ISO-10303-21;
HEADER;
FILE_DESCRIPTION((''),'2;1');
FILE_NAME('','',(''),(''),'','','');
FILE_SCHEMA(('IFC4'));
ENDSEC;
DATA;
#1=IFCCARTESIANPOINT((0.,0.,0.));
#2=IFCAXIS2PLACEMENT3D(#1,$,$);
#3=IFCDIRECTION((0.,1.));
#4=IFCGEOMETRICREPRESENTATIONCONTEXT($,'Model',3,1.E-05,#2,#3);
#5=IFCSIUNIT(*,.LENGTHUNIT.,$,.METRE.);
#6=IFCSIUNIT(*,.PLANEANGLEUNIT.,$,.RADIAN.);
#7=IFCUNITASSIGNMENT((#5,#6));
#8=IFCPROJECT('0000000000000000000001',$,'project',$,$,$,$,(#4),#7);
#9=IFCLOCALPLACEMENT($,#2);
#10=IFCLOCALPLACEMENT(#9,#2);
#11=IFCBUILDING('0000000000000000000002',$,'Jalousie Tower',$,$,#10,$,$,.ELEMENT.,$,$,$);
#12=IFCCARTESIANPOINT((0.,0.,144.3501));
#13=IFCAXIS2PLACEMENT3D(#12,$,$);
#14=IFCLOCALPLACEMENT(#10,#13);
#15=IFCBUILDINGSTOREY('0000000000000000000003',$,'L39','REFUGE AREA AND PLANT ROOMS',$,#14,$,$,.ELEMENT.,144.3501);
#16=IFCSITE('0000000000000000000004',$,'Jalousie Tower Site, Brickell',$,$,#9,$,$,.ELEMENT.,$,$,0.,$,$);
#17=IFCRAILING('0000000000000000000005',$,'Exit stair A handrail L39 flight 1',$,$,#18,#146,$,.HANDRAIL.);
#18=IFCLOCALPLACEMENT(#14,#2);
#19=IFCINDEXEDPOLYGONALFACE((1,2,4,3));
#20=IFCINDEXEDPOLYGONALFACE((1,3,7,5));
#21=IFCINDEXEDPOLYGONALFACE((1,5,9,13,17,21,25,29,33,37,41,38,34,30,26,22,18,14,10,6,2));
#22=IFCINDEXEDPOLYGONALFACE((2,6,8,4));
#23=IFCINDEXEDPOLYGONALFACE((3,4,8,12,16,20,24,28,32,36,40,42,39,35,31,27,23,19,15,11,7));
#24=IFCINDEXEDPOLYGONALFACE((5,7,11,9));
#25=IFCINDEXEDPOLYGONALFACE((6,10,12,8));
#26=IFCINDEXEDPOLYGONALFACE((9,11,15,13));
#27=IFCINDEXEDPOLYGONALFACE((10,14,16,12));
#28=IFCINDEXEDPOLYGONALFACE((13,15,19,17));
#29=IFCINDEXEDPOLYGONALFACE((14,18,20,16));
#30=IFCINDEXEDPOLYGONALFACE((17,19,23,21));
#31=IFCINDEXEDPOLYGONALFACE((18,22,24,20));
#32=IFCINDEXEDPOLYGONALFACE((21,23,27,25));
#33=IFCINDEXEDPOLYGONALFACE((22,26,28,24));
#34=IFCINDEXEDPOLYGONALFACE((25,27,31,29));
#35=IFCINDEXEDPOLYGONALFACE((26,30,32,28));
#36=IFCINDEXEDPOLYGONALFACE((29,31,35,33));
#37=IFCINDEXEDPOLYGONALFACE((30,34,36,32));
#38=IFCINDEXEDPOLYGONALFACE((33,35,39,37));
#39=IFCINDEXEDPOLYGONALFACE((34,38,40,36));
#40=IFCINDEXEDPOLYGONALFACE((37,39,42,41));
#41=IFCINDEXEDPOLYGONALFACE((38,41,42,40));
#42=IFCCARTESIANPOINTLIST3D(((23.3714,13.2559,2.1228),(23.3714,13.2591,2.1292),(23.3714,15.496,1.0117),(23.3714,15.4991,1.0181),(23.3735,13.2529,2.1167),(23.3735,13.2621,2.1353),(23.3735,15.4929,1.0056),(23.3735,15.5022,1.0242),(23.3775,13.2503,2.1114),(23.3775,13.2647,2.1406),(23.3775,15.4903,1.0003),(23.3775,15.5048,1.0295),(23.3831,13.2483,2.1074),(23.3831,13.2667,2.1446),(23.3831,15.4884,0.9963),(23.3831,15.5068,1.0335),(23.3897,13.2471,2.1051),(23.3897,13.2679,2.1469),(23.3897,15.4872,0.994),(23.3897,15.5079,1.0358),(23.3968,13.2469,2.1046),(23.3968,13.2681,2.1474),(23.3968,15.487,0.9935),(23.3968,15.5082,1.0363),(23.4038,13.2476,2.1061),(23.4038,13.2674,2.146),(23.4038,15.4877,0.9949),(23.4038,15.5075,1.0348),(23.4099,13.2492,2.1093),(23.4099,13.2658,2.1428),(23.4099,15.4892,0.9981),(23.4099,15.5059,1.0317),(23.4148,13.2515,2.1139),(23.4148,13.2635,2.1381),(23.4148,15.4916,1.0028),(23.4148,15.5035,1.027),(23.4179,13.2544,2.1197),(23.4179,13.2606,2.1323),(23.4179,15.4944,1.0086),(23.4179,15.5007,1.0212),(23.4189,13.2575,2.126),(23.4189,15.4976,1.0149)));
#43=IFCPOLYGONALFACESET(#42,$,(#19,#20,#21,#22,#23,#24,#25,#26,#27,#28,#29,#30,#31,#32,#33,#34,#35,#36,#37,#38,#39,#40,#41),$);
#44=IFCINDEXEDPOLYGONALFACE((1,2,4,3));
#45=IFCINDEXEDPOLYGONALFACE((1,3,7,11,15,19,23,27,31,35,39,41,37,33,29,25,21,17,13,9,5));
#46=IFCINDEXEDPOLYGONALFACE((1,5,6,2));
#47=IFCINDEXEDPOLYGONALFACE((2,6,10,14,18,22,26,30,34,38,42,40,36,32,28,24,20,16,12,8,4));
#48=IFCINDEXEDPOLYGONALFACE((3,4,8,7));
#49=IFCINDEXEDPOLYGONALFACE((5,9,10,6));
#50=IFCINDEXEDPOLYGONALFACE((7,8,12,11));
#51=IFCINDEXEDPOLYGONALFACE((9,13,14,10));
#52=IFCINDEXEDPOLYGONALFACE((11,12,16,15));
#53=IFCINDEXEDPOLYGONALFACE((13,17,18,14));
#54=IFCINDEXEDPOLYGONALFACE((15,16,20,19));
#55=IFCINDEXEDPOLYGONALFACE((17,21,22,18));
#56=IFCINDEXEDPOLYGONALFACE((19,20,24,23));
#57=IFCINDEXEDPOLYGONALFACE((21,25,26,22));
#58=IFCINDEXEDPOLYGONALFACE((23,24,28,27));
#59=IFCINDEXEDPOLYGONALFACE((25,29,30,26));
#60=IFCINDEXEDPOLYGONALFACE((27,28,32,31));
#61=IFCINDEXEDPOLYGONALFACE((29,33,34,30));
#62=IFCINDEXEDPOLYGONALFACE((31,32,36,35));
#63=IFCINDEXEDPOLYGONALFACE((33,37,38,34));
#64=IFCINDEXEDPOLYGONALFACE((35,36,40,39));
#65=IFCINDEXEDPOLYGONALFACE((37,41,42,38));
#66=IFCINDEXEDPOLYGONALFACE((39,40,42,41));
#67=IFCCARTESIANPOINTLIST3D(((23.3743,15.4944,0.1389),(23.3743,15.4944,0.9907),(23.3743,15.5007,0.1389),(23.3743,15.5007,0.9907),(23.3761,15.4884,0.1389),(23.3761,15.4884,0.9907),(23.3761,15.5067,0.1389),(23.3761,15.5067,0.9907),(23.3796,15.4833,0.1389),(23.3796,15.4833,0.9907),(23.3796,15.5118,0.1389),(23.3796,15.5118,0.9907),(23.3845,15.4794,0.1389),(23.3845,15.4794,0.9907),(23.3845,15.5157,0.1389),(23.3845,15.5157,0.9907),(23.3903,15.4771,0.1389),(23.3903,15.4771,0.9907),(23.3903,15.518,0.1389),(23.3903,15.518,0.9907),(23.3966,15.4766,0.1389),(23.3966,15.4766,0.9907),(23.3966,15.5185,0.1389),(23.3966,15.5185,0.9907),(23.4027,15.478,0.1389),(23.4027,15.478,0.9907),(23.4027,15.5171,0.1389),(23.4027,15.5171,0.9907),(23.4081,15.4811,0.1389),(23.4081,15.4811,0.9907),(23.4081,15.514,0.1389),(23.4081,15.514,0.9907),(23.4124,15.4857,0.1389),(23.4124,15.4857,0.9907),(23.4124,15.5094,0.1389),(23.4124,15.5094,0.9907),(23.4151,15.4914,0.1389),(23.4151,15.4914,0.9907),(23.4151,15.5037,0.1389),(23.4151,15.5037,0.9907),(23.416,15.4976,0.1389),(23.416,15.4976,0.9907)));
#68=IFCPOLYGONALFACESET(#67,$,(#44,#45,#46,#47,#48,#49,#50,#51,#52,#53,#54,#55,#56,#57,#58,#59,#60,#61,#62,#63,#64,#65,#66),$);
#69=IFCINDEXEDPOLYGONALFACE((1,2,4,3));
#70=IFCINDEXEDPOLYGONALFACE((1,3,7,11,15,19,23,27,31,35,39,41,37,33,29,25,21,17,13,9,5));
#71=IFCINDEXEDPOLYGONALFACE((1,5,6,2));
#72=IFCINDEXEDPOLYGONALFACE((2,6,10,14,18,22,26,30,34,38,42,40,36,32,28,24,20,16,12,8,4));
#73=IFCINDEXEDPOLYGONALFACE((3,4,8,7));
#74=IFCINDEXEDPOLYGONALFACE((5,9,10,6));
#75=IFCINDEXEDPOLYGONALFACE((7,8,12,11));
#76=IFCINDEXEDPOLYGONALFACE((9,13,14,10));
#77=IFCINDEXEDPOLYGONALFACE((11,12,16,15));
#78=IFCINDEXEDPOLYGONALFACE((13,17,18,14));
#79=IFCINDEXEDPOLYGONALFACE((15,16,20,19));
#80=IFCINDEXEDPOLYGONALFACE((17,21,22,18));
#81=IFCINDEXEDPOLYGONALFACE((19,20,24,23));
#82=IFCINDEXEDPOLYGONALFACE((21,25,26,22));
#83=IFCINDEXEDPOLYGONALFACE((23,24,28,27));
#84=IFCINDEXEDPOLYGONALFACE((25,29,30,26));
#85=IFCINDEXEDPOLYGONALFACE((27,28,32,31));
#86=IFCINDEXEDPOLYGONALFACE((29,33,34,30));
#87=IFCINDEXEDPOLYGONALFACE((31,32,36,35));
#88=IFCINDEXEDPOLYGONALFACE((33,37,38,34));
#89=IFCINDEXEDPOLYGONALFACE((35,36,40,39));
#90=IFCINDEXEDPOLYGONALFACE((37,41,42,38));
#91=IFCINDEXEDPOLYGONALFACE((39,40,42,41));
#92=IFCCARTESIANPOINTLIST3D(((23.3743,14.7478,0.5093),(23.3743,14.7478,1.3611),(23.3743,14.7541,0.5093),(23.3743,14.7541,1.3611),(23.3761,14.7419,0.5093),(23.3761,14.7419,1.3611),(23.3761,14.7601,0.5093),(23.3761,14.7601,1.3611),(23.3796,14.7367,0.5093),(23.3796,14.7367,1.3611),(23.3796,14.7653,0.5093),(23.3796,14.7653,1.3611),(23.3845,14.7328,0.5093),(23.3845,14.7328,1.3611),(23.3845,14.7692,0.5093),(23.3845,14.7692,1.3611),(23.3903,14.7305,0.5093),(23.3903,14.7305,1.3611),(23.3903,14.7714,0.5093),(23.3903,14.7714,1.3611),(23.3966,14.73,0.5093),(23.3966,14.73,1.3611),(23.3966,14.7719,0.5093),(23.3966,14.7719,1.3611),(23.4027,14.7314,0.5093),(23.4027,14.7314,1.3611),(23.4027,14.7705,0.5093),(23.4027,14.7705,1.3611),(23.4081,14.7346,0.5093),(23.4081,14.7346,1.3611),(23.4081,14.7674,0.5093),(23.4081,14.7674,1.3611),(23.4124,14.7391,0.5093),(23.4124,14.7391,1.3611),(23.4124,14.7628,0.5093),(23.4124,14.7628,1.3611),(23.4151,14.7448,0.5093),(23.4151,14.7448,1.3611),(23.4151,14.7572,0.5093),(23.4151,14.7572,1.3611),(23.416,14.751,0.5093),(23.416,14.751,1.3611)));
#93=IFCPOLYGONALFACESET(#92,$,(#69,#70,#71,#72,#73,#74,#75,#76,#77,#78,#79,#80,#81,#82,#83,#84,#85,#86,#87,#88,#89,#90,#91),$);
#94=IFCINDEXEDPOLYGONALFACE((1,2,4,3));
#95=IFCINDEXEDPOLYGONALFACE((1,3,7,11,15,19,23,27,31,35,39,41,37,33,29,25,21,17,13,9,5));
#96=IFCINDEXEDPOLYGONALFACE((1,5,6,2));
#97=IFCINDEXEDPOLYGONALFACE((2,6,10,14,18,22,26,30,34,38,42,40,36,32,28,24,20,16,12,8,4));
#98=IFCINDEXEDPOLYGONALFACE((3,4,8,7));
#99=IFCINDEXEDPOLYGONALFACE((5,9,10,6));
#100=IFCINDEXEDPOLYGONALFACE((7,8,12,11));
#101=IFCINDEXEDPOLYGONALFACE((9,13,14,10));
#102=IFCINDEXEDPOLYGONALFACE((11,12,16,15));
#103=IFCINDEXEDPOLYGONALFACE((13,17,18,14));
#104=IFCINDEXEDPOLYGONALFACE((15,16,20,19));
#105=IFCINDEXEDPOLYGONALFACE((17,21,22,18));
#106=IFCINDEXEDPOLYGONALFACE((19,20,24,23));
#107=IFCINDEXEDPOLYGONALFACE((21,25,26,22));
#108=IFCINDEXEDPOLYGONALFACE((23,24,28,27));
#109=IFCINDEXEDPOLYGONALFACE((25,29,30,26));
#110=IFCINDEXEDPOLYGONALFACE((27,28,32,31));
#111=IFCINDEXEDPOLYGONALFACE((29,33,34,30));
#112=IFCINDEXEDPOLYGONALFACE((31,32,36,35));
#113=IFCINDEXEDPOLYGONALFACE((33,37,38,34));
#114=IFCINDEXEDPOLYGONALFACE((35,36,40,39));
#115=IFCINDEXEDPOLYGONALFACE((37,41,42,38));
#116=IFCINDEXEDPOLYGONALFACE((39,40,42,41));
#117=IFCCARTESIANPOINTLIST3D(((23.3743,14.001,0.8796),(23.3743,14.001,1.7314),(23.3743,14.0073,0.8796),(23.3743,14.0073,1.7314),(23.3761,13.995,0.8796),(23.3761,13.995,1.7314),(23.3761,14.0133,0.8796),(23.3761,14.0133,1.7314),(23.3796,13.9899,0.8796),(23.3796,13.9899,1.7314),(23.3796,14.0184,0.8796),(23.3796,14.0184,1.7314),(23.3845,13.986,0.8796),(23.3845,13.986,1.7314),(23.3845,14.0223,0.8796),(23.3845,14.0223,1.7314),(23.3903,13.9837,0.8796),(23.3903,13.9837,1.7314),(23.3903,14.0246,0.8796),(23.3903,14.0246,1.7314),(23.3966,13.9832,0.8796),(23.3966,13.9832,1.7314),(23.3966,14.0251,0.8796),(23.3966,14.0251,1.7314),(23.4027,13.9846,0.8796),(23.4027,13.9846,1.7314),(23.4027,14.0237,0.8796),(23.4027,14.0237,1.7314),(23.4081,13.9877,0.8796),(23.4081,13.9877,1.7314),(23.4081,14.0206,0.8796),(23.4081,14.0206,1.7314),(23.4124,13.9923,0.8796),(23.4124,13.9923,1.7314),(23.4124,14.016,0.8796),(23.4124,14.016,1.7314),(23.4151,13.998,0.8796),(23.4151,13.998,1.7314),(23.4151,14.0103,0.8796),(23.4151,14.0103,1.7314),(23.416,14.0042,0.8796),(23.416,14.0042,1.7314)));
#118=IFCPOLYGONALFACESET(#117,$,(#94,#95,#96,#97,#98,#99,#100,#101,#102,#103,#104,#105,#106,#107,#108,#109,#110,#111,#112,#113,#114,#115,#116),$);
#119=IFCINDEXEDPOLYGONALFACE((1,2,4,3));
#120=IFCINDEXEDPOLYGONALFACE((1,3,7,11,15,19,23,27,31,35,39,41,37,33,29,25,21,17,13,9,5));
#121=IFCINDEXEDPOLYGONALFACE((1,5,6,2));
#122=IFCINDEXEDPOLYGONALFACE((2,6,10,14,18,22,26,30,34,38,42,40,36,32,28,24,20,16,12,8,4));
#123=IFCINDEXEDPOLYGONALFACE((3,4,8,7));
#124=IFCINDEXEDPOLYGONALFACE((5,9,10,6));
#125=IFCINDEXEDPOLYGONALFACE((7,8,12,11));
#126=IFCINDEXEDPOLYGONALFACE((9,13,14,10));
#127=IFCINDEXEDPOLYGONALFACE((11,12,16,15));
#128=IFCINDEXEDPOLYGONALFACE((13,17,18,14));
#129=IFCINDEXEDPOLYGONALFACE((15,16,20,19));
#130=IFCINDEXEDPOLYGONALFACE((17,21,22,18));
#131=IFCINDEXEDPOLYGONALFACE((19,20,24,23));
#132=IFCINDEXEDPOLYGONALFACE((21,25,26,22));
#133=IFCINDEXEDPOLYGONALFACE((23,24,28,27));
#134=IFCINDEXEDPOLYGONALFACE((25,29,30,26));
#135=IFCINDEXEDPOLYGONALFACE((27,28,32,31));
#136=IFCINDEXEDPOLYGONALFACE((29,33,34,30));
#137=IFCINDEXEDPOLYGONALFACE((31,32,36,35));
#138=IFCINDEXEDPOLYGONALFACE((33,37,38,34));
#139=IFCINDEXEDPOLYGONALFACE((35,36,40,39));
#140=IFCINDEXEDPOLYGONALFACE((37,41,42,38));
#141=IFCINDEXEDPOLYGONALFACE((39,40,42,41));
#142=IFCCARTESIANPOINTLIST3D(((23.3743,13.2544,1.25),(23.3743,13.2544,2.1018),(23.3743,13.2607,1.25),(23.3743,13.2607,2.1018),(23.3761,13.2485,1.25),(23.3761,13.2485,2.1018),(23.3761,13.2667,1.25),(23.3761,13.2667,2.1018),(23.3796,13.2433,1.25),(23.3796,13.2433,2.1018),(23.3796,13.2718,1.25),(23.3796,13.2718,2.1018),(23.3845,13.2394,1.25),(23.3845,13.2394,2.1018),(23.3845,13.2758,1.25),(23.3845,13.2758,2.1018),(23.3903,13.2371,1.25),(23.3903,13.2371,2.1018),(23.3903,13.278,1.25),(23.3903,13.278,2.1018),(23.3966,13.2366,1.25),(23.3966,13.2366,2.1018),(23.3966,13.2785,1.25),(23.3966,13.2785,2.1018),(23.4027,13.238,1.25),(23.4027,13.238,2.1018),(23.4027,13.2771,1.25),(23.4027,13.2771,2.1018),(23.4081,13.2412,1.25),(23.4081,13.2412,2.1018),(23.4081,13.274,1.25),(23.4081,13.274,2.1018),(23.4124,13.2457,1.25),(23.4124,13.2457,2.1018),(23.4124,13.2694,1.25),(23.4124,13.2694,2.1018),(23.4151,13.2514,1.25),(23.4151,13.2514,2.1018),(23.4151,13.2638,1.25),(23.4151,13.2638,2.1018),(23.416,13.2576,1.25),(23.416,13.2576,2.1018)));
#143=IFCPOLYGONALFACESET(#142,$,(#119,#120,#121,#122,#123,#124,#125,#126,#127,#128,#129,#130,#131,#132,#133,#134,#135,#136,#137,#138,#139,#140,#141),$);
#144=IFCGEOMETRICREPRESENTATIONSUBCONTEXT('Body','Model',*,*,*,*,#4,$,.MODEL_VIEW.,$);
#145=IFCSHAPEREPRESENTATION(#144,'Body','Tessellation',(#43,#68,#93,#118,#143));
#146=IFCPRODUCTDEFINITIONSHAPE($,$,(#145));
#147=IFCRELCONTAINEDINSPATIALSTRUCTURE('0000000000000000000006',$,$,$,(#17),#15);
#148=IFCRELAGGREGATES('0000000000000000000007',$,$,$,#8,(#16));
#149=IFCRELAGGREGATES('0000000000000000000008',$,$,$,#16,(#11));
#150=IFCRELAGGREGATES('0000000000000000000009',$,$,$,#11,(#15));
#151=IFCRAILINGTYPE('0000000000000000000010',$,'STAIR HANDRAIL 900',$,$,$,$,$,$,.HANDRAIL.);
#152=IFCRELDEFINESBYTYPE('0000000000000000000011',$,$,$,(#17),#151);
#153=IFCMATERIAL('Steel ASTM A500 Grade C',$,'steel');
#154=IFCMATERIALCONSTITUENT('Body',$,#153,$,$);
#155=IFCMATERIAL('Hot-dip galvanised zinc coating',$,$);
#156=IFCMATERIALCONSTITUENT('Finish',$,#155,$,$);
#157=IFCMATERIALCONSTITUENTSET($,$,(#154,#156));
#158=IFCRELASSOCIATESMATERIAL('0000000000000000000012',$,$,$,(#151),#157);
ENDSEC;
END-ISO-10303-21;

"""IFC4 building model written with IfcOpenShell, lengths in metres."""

from ifc_helpers import new_model, si_unit, direction, frame, origin, origin_2d, place, context, subcontext, project, spatial, circle, extrude, material, constituent, constituent_set, type_object, element, save


model = new_model("IFC4")

# Units and contexts
model_context = context("Model", 3, precision=1e-05, world=origin(), true_north=direction((0.0, 1.0)))
body_context = subcontext(model_context, "Body", "Model", "MODEL_VIEW")
ifc_project = project(units=[si_unit("LENGTHUNIT", "METRE"), si_unit("PLANEANGLEUNIT", "RADIAN")], contexts=[model_context])

# Site, building, storey
site_placement = place(None, origin())
site = spatial("IfcSite", under=ifc_project, at=site_placement, Name="Jalousie Tower Site, Brickell", CompositionType="ELEMENT", RefElevation=0.0)
building_placement = place(site_placement, origin())
building = spatial("IfcBuilding", under=site, at=building_placement, Name="Jalousie Tower", CompositionType="ELEMENT")
storey_placement = place(building_placement, frame((0.0, 0.0, 144.3501)))
storey = spatial("IfcBuildingStorey", under=building, at=storey_placement, Name="L39", Description="REFUGE AREA AND PLANT ROOMS", CompositionType="ELEMENT", Elevation=144.3501)

# Railing
ifc_material_1 = material(Name="Steel ASTM A500 Grade C", Category="steel")
ifc_constituent_1 = constituent(ifc_material_1, Name="Body")
ifc_material_2 = material(Name="Hot-dip galvanised zinc coating")
ifc_constituent_2 = constituent(ifc_material_2, Name="Finish")
ifc_constituent_set = constituent_set(constituents=[ifc_constituent_1, ifc_constituent_2])
railing_type_1 = type_object("IfcRailingType", Name="STAIR HANDRAIL 900", PredefinedType="HANDRAIL", material=ifc_constituent_set)
for number, where, name in (
    (1, (23.395, 15.4976, 0.1389), "Exit stair A handrail L39 flight 1"),
):
    element("IfcRailing", number, at=place(storey_placement, frame(where)), inside=storey, type_object=railing_type_1, Name=name, PredefinedType="HANDRAIL", context=body_context, shape_type="SweptSolid", body=[
        extrude(circle(Radius=0.0239, at=origin_2d()), frame((0.0, 0.0, 0.876), z_axis=(0.0, -0.895848, 0.44436), x_axis=(1.0, 0.0, 0.0)), (0.0, 0.0, 1.0), 2.5005),
        extrude(circle(Radius=0.021, at=origin_2d()), origin(), (0.0, 0.0, 1.0), 0.8518),
        extrude(circle(Radius=0.021, at=origin_2d()), frame((0.0, -0.7466, 0.3704)), (0.0, 0.0, 1.0), 0.8518),
        extrude(circle(Radius=0.021, at=origin_2d()), frame((0.0, -1.4934, 0.7407)), (0.0, 0.0, 1.0), 0.8518),
        extrude(circle(Radius=0.021, at=origin_2d()), frame((0.0, -2.24, 1.1111)), (0.0, 0.0, 1.0), 0.8518),
    ])

save(model, "model.ifc")
